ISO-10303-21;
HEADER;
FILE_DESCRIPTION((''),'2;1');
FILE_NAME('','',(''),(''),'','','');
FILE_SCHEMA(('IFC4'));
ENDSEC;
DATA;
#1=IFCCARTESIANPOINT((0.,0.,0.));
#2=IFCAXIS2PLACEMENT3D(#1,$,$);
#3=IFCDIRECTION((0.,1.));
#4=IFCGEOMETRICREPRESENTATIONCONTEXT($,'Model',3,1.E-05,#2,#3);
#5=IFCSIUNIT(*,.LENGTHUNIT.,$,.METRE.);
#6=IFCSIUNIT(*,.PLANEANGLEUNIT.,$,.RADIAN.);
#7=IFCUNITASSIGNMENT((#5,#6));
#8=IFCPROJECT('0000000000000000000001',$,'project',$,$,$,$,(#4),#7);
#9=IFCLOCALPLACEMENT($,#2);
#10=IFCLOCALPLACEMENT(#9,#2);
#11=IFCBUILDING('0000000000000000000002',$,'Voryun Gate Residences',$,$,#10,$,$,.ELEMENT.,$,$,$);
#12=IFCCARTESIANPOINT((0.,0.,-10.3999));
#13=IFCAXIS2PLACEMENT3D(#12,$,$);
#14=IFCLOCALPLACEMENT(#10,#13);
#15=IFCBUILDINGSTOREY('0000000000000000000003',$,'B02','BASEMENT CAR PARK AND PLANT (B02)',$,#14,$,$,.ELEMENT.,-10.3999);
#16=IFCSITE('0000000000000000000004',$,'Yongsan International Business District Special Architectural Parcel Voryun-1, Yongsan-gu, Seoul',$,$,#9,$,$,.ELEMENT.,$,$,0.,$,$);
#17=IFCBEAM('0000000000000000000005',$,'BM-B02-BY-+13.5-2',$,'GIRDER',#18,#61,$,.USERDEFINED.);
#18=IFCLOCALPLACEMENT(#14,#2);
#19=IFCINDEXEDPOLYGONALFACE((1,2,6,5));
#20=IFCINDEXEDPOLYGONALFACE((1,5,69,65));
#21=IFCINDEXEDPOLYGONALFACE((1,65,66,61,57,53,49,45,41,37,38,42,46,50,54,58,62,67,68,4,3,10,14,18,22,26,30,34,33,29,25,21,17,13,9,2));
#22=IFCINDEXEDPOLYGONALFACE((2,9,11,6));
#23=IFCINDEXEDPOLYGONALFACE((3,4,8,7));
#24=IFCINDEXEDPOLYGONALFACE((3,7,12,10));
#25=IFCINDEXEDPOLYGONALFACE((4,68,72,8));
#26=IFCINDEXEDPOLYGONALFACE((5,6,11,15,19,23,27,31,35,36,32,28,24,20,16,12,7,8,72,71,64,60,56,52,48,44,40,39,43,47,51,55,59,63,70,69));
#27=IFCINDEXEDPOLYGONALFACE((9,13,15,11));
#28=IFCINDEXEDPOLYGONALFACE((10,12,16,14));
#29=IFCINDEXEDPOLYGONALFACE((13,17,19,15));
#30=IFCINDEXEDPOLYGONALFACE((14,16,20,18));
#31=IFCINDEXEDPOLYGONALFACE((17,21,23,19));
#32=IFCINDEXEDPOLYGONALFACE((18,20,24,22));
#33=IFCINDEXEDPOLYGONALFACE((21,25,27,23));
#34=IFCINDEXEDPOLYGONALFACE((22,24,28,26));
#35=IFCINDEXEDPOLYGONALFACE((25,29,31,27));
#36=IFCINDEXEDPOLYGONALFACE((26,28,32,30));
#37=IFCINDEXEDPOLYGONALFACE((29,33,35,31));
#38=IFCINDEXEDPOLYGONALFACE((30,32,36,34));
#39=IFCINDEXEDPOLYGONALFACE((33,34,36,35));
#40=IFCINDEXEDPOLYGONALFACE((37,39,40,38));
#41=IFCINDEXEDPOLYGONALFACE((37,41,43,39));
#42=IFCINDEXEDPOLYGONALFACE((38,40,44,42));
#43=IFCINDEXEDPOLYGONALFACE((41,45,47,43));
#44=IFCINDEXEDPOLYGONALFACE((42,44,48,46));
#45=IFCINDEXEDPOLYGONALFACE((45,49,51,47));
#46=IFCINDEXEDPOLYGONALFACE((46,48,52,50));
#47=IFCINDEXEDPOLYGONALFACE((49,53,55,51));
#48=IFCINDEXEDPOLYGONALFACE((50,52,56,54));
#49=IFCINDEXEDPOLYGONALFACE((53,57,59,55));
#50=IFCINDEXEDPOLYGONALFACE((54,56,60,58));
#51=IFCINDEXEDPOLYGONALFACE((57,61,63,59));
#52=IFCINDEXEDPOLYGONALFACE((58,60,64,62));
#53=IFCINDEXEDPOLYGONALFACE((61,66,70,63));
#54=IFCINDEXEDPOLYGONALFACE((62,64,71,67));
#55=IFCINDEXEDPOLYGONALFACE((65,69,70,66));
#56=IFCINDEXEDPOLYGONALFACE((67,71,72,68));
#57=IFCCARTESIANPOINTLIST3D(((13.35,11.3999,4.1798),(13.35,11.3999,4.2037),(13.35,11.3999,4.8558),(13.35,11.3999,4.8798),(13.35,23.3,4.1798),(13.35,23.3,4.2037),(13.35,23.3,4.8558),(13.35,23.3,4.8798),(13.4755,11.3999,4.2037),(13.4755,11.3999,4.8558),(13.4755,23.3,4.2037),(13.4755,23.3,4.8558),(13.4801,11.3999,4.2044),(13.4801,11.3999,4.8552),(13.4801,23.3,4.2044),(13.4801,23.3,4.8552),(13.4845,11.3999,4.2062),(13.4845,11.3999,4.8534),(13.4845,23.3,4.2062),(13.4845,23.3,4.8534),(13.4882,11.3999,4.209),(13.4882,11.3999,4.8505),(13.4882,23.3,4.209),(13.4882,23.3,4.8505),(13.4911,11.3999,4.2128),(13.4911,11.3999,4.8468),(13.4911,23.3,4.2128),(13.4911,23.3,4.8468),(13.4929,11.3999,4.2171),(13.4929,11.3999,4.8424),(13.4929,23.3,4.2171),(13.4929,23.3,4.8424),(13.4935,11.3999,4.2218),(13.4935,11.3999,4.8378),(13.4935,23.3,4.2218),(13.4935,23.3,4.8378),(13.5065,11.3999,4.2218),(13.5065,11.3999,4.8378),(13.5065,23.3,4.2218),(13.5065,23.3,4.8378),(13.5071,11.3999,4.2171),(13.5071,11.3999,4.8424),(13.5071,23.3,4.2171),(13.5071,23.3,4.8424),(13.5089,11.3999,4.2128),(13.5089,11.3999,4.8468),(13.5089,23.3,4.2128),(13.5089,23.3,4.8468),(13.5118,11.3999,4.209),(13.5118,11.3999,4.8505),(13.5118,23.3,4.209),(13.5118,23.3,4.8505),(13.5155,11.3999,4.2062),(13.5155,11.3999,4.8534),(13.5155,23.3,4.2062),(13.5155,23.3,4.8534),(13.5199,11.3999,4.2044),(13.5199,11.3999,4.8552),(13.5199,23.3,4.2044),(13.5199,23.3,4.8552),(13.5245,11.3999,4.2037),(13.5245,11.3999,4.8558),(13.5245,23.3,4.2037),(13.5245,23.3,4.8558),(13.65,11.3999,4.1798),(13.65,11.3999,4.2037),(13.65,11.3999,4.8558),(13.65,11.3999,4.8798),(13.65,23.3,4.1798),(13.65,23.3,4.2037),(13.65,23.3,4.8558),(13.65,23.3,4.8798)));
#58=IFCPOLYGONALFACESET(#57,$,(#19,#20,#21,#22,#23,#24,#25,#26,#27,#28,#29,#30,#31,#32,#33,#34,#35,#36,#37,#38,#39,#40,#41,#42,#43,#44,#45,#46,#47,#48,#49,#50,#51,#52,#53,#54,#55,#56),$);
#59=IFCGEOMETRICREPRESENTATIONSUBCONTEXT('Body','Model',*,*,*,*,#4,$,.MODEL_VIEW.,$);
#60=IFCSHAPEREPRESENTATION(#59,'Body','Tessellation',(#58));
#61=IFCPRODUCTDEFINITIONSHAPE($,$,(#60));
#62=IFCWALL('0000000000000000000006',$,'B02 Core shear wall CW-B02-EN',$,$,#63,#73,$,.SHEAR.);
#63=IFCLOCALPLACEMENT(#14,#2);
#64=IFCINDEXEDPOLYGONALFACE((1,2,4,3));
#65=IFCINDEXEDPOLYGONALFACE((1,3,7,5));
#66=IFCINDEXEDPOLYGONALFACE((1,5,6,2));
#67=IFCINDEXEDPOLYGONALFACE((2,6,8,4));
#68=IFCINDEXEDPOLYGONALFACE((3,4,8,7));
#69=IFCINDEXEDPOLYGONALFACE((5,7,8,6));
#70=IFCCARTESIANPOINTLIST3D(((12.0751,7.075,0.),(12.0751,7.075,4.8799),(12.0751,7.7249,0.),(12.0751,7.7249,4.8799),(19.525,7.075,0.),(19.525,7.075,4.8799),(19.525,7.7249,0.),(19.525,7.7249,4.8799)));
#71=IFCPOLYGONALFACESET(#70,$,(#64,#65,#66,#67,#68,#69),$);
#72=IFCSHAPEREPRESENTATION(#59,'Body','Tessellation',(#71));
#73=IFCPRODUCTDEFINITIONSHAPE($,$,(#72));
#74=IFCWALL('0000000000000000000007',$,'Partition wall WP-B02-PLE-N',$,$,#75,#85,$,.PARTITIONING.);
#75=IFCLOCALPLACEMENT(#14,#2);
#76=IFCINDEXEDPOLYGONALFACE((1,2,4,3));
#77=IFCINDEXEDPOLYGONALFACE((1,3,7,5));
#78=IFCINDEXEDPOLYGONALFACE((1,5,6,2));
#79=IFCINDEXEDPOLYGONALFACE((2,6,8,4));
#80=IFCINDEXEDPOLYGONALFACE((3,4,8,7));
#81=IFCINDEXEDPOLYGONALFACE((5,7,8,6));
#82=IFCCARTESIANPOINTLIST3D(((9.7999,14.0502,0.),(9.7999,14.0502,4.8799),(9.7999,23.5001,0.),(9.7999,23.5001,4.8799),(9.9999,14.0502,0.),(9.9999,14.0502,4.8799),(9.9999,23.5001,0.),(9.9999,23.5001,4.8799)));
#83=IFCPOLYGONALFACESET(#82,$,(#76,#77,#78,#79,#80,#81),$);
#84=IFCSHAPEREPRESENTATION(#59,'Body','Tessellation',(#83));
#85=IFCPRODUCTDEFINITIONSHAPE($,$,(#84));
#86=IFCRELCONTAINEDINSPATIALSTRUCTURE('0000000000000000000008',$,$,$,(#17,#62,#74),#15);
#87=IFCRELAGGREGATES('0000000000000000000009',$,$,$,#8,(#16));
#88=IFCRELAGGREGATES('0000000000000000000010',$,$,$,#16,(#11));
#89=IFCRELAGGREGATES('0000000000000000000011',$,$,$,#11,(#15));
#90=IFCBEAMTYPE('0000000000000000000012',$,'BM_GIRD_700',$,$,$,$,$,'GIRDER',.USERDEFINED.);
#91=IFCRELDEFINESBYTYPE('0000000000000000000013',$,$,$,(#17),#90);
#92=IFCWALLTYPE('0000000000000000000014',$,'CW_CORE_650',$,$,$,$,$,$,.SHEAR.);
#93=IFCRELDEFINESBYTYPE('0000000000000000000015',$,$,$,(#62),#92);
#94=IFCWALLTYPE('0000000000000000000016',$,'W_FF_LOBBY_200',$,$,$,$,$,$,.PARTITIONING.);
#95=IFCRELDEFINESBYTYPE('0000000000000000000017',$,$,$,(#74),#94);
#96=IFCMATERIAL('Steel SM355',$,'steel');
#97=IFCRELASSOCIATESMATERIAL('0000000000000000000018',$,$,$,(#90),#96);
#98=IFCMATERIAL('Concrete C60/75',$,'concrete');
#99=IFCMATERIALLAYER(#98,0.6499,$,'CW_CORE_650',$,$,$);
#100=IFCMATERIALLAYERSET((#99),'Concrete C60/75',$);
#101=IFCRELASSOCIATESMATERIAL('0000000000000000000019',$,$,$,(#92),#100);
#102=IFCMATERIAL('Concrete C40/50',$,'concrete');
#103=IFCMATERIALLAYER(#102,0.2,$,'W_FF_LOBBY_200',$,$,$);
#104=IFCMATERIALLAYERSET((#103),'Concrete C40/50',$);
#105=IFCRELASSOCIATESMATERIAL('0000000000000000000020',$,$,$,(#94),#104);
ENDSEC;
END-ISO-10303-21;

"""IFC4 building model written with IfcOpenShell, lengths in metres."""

from ifc_helpers import new_model, si_unit, direction, frame, frame_2d, origin, origin_2d, place, context, subcontext, project, spatial, rectangle, i_section, extrude, material, layer, layer_set, material_profile, profile_set, type_object, element, save


model = new_model("IFC4")

# Units and contexts
model_context = context("Model", 3, precision=1e-05, world=origin(), true_north=direction((0.0, 1.0)))
body_context = subcontext(model_context, "Body", "Model", "MODEL_VIEW")
ifc_project = project(units=[si_unit("LENGTHUNIT", "METRE"), si_unit("PLANEANGLEUNIT", "RADIAN")], contexts=[model_context])

# Site, building, storey
site_placement = place(None, origin())
site = spatial("IfcSite", under=ifc_project, at=site_placement, Name="Yongsan International Business District Special Architectural Parcel Voryun-1, Yongsan-gu, Seoul", CompositionType="ELEMENT", RefElevation=0.0)
building_placement = place(site_placement, origin())
building = spatial("IfcBuilding", under=site, at=building_placement, Name="Voryun Gate Residences", CompositionType="ELEMENT")
storey_placement = place(building_placement, frame((0.0, 0.0, -10.3999)))
storey = spatial("IfcBuildingStorey", under=building, at=storey_placement, Name="B02", Description="BASEMENT CAR PARK AND PLANT (B02)", CompositionType="ELEMENT", Elevation=-10.3999)

# Beam
ifc_material_1 = material(Name="Steel SM355", Category="steel")
ifc_material_profile_1 = material_profile(ifc_material_1, i_section(OverallWidth=0.3, OverallDepth=0.7, WebThickness=0.0129, FlangeThickness=0.0239, FilletRadius=0.0181, at=origin_2d()), Name="H-700x300x13x24")
ifc_profile_set_1 = profile_set([ifc_material_profile_1], Name="Steel SM355")
beam_type_1 = type_object("IfcBeamType", Name="BM_GIRD_700", ElementType="GIRDER", PredefinedType="USERDEFINED", material=ifc_profile_set_1)
for number, where, z_axis, x_axis, name in (
    (1, (13.5, 11.3999, 4.5298), (0.0, 1.0, 0.0), (-1.0, 0.0, 0.0), "BM-B02-BY-+13.5-2"),
):
    element("IfcBeam", number, at=place(storey_placement, frame(where, z_axis=z_axis, x_axis=x_axis)), inside=storey, type_object=beam_type_1, Name=name, ObjectType="GIRDER", PredefinedType="USERDEFINED", context=body_context, shape_type="SweptSolid", body=[
        extrude(i_section(OverallWidth=0.3, OverallDepth=0.7, WebThickness=0.0129, FlangeThickness=0.0239, FilletRadius=0.0181, at=origin_2d()), origin(), (0.0, 0.0, 1.0), 11.9001),
    ])

# Walls
ifc_material_2 = material(Name="Concrete C60/75", Category="concrete")
ifc_layer_1 = layer(ifc_material_2, 0.6499, Name="CW_CORE_650")
ifc_layer_set_1 = layer_set([ifc_layer_1], Name="Concrete C60/75")
wall_type_1 = type_object("IfcWallType", Name="CW_CORE_650", PredefinedType="SHEAR", material=ifc_layer_set_1)
wall_1_placement = place(storey_placement, frame((12.075, 7.3999, 0.0), z_axis=(0.0, 0.0, 1.0), x_axis=(1.0, 0.0, 0.0)))
element("IfcWall", 2, at=wall_1_placement, inside=storey, type_object=wall_type_1, Name="B02 Core shear wall CW-B02-EN", PredefinedType="SHEAR", context=body_context, shape_type="SweptSolid", body=[
    extrude(rectangle(XDim=7.45, YDim=0.6499, at=frame_2d((3.7251, 0.0))), origin(), (0.0, 0.0, 1.0), 4.8799),
])
ifc_material_3 = material(Name="Concrete C40/50", Category="concrete")
ifc_layer_2 = layer(ifc_material_3, 0.2, Name="W_FF_LOBBY_200")
ifc_layer_set_2 = layer_set([ifc_layer_2], Name="Concrete C40/50")
wall_type_2 = type_object("IfcWallType", Name="W_FF_LOBBY_200", PredefinedType="PARTITIONING", material=ifc_layer_set_2)
wall_2_placement = place(storey_placement, frame((9.8999, 14.05, 0.0), z_axis=(0.0, 0.0, 1.0), x_axis=(0.0, 1.0, 0.0)))
element("IfcWall", 3, at=wall_2_placement, inside=storey, type_object=wall_type_2, Name="Partition wall WP-B02-PLE-N", PredefinedType="PARTITIONING", context=body_context, shape_type="SweptSolid", body=[
    extrude(rectangle(XDim=9.45, YDim=0.2, at=frame_2d((4.7251, 0.0))), origin(), (0.0, 0.0, 1.0), 4.8799),
])

save(model, "model.ifc")
